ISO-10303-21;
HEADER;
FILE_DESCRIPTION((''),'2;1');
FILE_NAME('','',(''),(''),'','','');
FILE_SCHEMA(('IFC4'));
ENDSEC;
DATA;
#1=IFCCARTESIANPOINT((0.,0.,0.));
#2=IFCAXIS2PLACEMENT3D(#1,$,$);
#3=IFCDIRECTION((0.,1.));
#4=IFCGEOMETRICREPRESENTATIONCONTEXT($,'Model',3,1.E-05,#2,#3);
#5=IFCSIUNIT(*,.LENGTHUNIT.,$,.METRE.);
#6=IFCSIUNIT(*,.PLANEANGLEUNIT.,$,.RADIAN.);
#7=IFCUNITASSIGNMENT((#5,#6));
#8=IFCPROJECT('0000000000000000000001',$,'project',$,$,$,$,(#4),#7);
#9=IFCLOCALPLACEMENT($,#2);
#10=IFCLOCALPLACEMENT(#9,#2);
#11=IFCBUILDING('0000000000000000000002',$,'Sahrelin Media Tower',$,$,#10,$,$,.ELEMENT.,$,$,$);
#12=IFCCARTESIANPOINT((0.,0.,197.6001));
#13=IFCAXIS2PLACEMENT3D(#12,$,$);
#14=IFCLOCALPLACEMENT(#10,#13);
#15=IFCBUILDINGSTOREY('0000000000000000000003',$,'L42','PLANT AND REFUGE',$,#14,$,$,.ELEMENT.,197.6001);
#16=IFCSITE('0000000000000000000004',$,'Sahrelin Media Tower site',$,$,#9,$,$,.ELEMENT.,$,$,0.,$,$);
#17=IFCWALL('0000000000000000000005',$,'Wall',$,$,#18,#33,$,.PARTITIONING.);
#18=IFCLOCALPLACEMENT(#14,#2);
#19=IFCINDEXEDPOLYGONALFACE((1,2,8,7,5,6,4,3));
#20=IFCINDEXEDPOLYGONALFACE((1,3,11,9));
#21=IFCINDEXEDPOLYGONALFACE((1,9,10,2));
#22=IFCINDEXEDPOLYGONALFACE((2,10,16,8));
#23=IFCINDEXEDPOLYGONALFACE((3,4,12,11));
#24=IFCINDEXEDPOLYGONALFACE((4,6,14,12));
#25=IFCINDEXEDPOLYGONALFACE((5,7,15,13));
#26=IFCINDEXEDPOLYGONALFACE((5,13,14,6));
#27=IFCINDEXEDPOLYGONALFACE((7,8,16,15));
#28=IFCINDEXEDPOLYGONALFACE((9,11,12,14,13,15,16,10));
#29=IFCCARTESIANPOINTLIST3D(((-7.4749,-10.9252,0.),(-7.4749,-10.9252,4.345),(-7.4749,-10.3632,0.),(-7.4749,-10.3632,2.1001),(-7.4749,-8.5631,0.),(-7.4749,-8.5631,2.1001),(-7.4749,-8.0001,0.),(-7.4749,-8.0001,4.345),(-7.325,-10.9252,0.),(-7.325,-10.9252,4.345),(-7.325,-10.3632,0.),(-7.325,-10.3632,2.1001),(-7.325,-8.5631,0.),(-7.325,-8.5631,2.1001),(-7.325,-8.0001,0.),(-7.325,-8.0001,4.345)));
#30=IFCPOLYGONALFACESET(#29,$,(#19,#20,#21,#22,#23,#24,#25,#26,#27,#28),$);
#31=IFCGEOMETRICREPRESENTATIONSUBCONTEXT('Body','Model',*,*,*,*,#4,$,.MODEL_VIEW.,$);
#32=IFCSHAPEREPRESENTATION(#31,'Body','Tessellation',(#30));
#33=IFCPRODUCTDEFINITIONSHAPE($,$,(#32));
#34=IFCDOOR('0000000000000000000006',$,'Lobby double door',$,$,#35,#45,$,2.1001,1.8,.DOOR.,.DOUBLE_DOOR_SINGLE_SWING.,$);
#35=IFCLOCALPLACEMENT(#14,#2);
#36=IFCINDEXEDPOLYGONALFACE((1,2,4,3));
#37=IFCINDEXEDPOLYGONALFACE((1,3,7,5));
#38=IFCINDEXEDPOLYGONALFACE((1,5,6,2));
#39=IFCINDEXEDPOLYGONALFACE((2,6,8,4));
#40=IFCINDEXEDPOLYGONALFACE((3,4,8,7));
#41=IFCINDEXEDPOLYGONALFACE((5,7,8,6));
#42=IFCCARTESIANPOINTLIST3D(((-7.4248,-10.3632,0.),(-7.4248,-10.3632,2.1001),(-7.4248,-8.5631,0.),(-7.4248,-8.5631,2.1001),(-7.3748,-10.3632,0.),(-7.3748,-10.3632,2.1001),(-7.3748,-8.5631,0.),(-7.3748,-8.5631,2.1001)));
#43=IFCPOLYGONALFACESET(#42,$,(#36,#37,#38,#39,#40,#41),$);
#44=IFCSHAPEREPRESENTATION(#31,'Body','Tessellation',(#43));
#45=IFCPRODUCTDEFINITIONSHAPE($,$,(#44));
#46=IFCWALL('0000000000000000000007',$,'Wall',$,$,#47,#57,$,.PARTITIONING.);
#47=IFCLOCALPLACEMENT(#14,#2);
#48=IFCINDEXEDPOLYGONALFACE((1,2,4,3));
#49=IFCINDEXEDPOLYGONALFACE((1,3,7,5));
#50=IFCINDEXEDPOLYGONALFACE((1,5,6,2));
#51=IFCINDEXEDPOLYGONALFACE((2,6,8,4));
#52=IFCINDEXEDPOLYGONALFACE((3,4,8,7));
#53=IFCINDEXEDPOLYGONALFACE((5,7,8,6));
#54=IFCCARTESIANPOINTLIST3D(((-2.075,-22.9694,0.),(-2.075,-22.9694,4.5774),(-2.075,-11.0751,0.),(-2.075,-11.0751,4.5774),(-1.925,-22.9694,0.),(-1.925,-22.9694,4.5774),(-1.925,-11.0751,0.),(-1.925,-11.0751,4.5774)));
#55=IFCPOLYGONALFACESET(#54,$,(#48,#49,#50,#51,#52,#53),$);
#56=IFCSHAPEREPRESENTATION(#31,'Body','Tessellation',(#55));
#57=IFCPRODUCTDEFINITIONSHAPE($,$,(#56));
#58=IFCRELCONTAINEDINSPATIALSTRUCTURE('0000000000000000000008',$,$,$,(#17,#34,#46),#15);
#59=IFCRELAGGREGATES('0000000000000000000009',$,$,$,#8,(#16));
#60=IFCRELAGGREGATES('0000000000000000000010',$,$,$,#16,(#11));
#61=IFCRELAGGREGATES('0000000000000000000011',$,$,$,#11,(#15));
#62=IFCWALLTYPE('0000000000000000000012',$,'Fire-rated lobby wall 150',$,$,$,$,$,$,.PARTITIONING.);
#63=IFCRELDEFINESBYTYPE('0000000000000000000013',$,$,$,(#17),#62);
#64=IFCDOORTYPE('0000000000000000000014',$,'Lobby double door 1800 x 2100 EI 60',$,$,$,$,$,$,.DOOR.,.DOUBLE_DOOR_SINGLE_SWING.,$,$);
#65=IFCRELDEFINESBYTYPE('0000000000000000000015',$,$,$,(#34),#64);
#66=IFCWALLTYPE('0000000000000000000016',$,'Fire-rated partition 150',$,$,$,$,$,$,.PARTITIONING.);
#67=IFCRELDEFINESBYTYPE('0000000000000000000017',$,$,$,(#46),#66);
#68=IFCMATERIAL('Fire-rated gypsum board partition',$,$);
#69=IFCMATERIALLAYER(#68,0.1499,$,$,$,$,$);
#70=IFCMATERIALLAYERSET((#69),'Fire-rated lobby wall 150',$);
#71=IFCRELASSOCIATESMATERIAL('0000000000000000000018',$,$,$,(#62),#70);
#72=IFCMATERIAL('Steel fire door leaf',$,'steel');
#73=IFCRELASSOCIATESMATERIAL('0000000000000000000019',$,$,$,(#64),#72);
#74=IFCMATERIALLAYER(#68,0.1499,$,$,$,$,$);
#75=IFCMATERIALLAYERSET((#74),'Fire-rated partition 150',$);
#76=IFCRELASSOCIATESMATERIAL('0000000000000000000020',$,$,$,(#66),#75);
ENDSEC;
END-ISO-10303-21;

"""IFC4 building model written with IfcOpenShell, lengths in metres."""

from ifc_helpers import new_model, si_unit, direction, frame, frame_2d, origin, place, context, subcontext, project, spatial, rectangle, extrude, material, layer, layer_set, type_object, element, fill, save


model = new_model("IFC4")

# Units and contexts
model_context = context("Model", 3, precision=1e-05, world=origin(), true_north=direction((0.0, 1.0)))
body_context = subcontext(model_context, "Body", "Model", "MODEL_VIEW")
ifc_project = project(units=[si_unit("LENGTHUNIT", "METRE"), si_unit("PLANEANGLEUNIT", "RADIAN")], contexts=[model_context])

# Site, building, storey
site_placement = place(None, origin())
site = spatial("IfcSite", under=ifc_project, at=site_placement, Name="Sahrelin Media Tower site", CompositionType="ELEMENT", RefElevation=0.0)
building_placement = place(site_placement, origin())
building = spatial("IfcBuilding", under=site, at=building_placement, Name="Sahrelin Media Tower", CompositionType="ELEMENT")
storey_placement = place(building_placement, frame((0.0, 0.0, 197.6001)))
storey = spatial("IfcBuildingStorey", under=building, at=storey_placement, Name="L42", Description="PLANT AND REFUGE", CompositionType="ELEMENT", Elevation=197.6001)

# Wall, opening, door
ifc_material_1 = material(Name="Fire-rated gypsum board partition")
ifc_layer_1 = layer(ifc_material_1, 0.1499)
ifc_layer_set_1 = layer_set([ifc_layer_1], Name="Fire-rated lobby wall 150")
wall_type_1 = type_object("IfcWallType", Name="Fire-rated lobby wall 150", PredefinedType="PARTITIONING", material=ifc_layer_set_1)
ifc_material_2 = material(Name="Steel fire door leaf", Category="steel")
door_type = type_object("IfcDoorType", Name="Lobby double door 1800 x 2100 EI 60", OperationType="DOUBLE_DOOR_SINGLE_SWING", PredefinedType="DOOR", material=ifc_material_2)
wall_1_placement = place(storey_placement, frame((-7.3999, -10.925, 0.0), z_axis=(0.0, 0.0, 1.0), x_axis=(0.0, 1.0, 0.0)))
wall_1 = element("IfcWall", 1, at=wall_1_placement, inside=storey, type_object=wall_type_1, Name="Wall", PredefinedType="PARTITIONING", context=body_context, shape_type="SweptSolid", body=[
    extrude(rectangle(XDim=2.925, YDim=0.1499, at=frame_2d((1.4624, 0.0))), origin(), (0.0, 0.0, 1.0), 4.345),
])
opening_1_placement = place(wall_1_placement, frame((0.562, 0.0, 0.0)))
opening_1 = element("IfcOpeningElement", 2, at=opening_1_placement, cuts=wall_1, PredefinedType="OPENING", context=body_context, shape_type="SweptSolid", body=[
    extrude(rectangle(XDim=1.8, YDim=2.1001, at=frame_2d((0.8999, 1.05))), frame((0.0, 0.075, 0.0), z_axis=(0.0, -1.0, 0.0), x_axis=(1.0, 0.0, 0.0)), (0.0, 0.0, 1.0), 0.1499),
])
door_1_placement = place(opening_1_placement, origin())
door_1 = element("IfcDoor", 3, at=door_1_placement, inside=storey, type_object=door_type, Name="Lobby double door", OperationType="DOUBLE_DOOR_SINGLE_SWING", OverallHeight=2.1001, OverallWidth=1.8, PredefinedType="DOOR", context=body_context, shape_type="SweptSolid", body=[
    extrude(rectangle(XDim=1.8, YDim=2.1001, at=frame_2d((0.8999, 1.05))), frame((0.0, 0.0249, 0.0), z_axis=(0.0, -1.0, 0.0), x_axis=(1.0, 0.0, 0.0)), (0.0, 0.0, 1.0), 0.05),
])
fill(opening_1, door_1)

# Wall
ifc_layer_2 = layer(ifc_material_1, 0.1499)
ifc_layer_set_2 = layer_set([ifc_layer_2], Name="Fire-rated partition 150")
wall_type_2 = type_object("IfcWallType", Name="Fire-rated partition 150", PredefinedType="PARTITIONING", material=ifc_layer_set_2)
wall_2_placement = place(storey_placement, frame((-2.0, -11.075, 0.0), z_axis=(0.0, 0.0, 1.0), x_axis=(0.0, -1.0, 0.0)))
element("IfcWall", 4, at=wall_2_placement, inside=storey, type_object=wall_type_2, Name="Wall", PredefinedType="PARTITIONING", context=body_context, shape_type="SweptSolid", body=[
    extrude(rectangle(XDim=11.8943, YDim=0.1499, at=frame_2d((5.9473, 0.0))), origin(), (0.0, 0.0, 1.0), 4.5774),
])

save(model, "model.ifc")
